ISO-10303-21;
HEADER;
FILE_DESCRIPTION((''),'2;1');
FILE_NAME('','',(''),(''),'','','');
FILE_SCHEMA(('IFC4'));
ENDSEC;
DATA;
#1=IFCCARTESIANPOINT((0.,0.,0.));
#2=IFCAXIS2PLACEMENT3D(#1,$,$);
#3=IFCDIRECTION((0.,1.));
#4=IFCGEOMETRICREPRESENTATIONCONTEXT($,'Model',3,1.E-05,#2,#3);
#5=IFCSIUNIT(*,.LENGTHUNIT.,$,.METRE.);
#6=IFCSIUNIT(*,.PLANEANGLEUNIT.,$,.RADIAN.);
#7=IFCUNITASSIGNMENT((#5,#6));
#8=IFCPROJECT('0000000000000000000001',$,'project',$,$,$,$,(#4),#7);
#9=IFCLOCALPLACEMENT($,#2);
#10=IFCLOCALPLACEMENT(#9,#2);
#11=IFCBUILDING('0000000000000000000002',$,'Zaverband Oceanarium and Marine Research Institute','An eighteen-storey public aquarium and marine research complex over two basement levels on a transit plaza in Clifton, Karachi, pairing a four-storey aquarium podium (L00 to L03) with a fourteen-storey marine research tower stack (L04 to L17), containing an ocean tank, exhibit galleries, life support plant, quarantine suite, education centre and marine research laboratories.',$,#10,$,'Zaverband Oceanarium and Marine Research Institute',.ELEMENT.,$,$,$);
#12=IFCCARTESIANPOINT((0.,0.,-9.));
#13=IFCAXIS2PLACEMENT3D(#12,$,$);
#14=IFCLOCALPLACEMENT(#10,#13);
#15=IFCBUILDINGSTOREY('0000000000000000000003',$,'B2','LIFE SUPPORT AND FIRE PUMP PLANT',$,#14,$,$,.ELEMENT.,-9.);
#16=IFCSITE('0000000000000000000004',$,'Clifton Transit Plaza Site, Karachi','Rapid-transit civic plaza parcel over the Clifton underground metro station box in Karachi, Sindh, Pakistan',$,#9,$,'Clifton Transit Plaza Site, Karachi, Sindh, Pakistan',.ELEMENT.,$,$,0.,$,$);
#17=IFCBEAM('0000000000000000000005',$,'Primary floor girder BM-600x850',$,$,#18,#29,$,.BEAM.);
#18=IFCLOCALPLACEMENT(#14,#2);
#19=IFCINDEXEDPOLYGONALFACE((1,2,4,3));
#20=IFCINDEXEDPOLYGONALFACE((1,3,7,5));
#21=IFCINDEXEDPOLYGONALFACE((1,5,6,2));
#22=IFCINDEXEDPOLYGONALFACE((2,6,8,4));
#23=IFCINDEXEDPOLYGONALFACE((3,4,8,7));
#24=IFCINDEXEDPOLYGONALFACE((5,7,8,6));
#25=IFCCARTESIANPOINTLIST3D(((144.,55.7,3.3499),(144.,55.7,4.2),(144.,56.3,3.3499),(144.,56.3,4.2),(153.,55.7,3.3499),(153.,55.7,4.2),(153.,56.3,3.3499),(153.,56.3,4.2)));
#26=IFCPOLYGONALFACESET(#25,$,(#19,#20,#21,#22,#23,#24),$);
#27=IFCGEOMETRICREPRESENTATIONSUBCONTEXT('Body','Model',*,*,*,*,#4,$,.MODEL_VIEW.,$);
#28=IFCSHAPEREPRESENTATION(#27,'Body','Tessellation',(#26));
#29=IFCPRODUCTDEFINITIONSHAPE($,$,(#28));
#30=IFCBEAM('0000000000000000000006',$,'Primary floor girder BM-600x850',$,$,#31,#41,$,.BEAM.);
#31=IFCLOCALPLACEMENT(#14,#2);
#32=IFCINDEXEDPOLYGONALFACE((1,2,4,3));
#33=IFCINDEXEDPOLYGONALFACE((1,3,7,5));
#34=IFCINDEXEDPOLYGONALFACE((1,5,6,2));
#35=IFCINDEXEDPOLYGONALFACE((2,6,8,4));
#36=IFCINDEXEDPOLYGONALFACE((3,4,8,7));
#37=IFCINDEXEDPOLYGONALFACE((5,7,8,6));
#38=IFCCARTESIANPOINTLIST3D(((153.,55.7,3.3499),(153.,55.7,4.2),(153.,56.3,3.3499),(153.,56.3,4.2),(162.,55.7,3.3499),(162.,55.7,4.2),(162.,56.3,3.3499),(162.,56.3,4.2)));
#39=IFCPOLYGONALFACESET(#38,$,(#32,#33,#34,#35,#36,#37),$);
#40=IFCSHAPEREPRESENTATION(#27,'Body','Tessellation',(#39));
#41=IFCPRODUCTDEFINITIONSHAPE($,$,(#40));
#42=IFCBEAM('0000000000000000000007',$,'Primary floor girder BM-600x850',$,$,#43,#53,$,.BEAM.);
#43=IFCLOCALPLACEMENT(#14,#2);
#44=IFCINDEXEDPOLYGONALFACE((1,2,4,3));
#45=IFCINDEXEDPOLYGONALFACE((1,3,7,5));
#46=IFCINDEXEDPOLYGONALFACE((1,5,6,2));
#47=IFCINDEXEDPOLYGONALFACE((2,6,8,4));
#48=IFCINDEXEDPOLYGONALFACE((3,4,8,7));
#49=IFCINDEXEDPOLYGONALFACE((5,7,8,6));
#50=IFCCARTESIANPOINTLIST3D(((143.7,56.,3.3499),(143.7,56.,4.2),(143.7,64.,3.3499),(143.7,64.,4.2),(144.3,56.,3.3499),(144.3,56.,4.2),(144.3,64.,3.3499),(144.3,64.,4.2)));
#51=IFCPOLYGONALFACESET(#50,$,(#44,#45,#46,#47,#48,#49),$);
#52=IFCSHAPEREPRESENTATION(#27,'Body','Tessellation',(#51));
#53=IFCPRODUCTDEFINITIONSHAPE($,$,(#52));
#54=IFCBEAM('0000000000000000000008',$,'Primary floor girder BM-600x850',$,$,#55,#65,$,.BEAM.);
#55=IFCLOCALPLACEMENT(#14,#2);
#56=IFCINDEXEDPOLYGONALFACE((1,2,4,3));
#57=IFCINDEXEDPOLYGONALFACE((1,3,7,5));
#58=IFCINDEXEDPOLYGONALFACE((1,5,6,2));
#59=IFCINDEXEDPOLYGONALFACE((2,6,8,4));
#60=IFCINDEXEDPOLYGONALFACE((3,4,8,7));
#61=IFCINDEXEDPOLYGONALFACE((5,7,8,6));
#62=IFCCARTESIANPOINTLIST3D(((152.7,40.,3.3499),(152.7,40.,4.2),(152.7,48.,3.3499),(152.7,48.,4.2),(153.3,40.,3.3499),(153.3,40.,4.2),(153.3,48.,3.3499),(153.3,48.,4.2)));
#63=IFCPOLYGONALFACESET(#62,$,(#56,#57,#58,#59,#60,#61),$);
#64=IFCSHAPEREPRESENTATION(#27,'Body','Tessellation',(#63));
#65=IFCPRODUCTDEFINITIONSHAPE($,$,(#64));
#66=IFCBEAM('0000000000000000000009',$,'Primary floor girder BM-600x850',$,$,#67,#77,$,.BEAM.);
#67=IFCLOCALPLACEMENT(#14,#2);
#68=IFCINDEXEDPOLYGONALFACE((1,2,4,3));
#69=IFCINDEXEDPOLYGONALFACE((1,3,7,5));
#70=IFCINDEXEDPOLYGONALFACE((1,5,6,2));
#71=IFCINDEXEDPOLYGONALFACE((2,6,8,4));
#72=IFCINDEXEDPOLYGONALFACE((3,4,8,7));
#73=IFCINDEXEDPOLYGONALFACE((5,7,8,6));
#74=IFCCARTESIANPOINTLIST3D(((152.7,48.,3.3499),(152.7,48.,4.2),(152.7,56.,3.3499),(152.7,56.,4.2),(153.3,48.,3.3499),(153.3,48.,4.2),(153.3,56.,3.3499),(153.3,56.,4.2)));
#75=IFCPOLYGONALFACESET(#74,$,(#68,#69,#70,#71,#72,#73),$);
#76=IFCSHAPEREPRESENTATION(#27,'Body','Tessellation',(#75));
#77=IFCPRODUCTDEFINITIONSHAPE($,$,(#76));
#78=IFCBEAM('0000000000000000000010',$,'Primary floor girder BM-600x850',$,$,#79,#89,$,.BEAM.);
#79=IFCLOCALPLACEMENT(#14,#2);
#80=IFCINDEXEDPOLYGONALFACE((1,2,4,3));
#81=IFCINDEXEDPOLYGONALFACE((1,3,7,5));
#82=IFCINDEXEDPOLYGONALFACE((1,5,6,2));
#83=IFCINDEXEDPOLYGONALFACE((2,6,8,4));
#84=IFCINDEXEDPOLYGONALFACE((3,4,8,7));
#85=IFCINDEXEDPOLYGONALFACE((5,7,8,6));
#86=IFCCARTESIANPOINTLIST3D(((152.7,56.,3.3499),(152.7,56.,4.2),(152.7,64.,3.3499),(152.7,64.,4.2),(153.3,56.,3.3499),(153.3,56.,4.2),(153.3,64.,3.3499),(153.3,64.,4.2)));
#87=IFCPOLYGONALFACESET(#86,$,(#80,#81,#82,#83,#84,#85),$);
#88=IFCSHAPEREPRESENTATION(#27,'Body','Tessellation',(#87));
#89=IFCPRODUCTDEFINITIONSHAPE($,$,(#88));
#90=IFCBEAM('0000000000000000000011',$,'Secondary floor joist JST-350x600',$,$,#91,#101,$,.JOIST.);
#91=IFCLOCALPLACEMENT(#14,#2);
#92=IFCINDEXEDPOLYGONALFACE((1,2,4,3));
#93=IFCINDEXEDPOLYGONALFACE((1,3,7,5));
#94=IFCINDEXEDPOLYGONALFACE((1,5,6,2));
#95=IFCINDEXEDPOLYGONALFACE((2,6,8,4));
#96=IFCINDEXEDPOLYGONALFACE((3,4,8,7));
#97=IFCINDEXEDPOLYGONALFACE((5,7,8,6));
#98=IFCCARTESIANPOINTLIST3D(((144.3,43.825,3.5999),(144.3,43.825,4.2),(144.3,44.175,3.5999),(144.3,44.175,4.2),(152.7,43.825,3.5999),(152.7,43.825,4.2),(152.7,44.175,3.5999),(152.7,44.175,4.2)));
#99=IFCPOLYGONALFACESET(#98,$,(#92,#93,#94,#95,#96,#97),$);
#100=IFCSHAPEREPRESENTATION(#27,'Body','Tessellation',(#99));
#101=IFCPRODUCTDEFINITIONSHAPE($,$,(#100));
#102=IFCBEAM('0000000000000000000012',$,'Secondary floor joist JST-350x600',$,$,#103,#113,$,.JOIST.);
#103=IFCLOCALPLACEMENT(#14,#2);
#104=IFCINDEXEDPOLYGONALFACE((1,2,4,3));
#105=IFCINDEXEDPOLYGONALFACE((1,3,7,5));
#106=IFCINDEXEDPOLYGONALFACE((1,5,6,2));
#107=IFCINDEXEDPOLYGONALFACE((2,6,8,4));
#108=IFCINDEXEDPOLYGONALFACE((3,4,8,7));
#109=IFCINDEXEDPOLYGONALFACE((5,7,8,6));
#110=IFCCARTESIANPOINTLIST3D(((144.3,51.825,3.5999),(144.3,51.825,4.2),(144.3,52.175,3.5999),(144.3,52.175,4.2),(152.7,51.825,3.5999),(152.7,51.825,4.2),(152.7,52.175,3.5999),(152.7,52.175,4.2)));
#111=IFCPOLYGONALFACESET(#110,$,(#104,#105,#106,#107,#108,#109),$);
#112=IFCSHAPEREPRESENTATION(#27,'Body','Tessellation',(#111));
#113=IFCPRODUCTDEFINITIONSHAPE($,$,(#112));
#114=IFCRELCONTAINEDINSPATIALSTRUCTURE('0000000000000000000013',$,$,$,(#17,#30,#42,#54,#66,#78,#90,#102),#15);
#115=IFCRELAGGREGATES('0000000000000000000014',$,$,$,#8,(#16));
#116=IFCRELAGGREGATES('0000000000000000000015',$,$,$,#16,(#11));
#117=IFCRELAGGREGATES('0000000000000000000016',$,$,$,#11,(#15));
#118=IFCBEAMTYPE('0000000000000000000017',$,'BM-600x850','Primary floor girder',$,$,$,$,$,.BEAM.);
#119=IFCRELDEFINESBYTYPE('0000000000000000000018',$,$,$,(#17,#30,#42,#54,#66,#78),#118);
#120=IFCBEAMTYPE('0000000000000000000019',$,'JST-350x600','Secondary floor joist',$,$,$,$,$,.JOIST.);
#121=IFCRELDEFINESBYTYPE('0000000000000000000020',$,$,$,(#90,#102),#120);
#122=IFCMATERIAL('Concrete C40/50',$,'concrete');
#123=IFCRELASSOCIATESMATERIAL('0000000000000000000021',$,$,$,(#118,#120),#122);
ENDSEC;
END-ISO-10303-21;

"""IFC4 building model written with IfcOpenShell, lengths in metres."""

from ifc_helpers import new_model, si_unit, direction, frame, origin, origin_2d, place, context, subcontext, project, spatial, rectangle, extrude, material, material_profile, profile_set, type_object, element, save


model = new_model("IFC4")

# Units and contexts
model_context = context("Model", 3, precision=1e-05, world=origin(), true_north=direction((0.0, 1.0)))
body_context = subcontext(model_context, "Body", "Model", "MODEL_VIEW")
ifc_project = project(units=[si_unit("LENGTHUNIT", "METRE"), si_unit("PLANEANGLEUNIT", "RADIAN")], contexts=[model_context])

# Site, building, storey
site_placement = place(None, origin())
site = spatial("IfcSite", under=ifc_project, at=site_placement, Name="Clifton Transit Plaza Site, Karachi", Description="Rapid-transit civic plaza parcel over the Clifton underground metro station box in Karachi, Sindh, Pakistan", LongName="Clifton Transit Plaza Site, Karachi, Sindh, Pakistan", CompositionType="ELEMENT", RefElevation=0.0)
building_placement = place(site_placement, origin())
building = spatial("IfcBuilding", under=site, at=building_placement, Name="Zaverband Oceanarium and Marine Research Institute", Description="An eighteen-storey public aquarium and marine research complex over two basement levels on a transit plaza in Clifton, Karachi, pairing a four-storey aquarium podium (L00 to L03) with a fourteen-storey marine research tower stack (L04 to L17), containing an ocean tank, exhibit galleries, life support plant, quarantine suite, education centre and marine research laboratories.", LongName="Zaverband Oceanarium and Marine Research Institute", CompositionType="ELEMENT")
storey_placement = place(building_placement, frame((0.0, 0.0, -9.0)))
storey = spatial("IfcBuildingStorey", under=building, at=storey_placement, Name="B2", Description="LIFE SUPPORT AND FIRE PUMP PLANT", CompositionType="ELEMENT", Elevation=-9.0)

# Beams
ifc_material_1 = material(Name="Concrete C40/50", Category="concrete")
ifc_material_profile_1 = material_profile(ifc_material_1, rectangle(XDim=0.6001, YDim=0.8501, at=origin_2d()), Name="RC600x850")
ifc_profile_set_1 = profile_set([ifc_material_profile_1], Name="Concrete C40/50")
beam_type_1 = type_object("IfcBeamType", Name="BM-600x850", Description="Primary floor girder", PredefinedType="BEAM", material=ifc_profile_set_1)
for number, where, z_axis, x_axis, name in (
    (1, (144.0, 56.0, 3.7749), (1.0, 0.0, 0.0), (0.0, 1.0, 0.0), "Primary floor girder BM-600x850"),
    (2, (153.0, 56.0, 3.7749), (1.0, 0.0, 0.0), (0.0, 1.0, 0.0), "Primary floor girder BM-600x850"),
):
    element("IfcBeam", number, at=place(storey_placement, frame(where, z_axis=z_axis, x_axis=x_axis)), inside=storey, type_object=beam_type_1, Name=name, PredefinedType="BEAM", context=body_context, shape_type="SweptSolid", body=[
        extrude(rectangle(XDim=0.6001, YDim=0.8501, at=origin_2d()), origin(), (0.0, 0.0, 1.0), 9.0),
    ])
for number, where, z_axis, x_axis, name in (
    (3, (144.0, 56.0, 3.7749), (0.0, 1.0, 0.0), (-1.0, 0.0, 0.0), "Primary floor girder BM-600x850"),
    (4, (153.0, 40.0, 3.7749), (0.0, 1.0, 0.0), (-1.0, 0.0, 0.0), "Primary floor girder BM-600x850"),
    (5, (153.0, 48.0, 3.7749), (0.0, 1.0, 0.0), (-1.0, 0.0, 0.0), "Primary floor girder BM-600x850"),
    (6, (153.0, 56.0, 3.7749), (0.0, 1.0, 0.0), (-1.0, 0.0, 0.0), "Primary floor girder BM-600x850"),
):
    element("IfcBeam", number, at=place(storey_placement, frame(where, z_axis=z_axis, x_axis=x_axis)), inside=storey, type_object=beam_type_1, Name=name, PredefinedType="BEAM", context=body_context, shape_type="SweptSolid", body=[
        extrude(rectangle(XDim=0.6001, YDim=0.8501, at=origin_2d()), origin(), (0.0, 0.0, 1.0), 8.0),
    ])
ifc_material_profile_2 = material_profile(ifc_material_1, rectangle(XDim=0.3501, YDim=0.6001, at=origin_2d()), Name="RC350x600")
ifc_profile_set_2 = profile_set([ifc_material_profile_2], Name="Concrete C40/50")
beam_type_2 = type_object("IfcBeamType", Name="JST-350x600", Description="Secondary floor joist", PredefinedType="JOIST", material=ifc_profile_set_2)
for number, where, z_axis, x_axis, name in (
    (7, (144.3, 44.0, 3.8999), (1.0, 0.0, 0.0), (0.0, 1.0, 0.0), "Secondary floor joist JST-350x600"),
    (8, (144.3, 52.0, 3.8999), (1.0, 0.0, 0.0), (0.0, 1.0, 0.0), "Secondary floor joist JST-350x600"),
):
    element("IfcBeam", number, at=place(storey_placement, frame(where, z_axis=z_axis, x_axis=x_axis)), inside=storey, type_object=beam_type_2, Name=name, PredefinedType="JOIST", context=body_context, shape_type="SweptSolid", body=[
        extrude(rectangle(XDim=0.3501, YDim=0.6001, at=origin_2d()), origin(), (0.0, 0.0, 1.0), 8.3999),
    ])

save(model, "model.ifc")
